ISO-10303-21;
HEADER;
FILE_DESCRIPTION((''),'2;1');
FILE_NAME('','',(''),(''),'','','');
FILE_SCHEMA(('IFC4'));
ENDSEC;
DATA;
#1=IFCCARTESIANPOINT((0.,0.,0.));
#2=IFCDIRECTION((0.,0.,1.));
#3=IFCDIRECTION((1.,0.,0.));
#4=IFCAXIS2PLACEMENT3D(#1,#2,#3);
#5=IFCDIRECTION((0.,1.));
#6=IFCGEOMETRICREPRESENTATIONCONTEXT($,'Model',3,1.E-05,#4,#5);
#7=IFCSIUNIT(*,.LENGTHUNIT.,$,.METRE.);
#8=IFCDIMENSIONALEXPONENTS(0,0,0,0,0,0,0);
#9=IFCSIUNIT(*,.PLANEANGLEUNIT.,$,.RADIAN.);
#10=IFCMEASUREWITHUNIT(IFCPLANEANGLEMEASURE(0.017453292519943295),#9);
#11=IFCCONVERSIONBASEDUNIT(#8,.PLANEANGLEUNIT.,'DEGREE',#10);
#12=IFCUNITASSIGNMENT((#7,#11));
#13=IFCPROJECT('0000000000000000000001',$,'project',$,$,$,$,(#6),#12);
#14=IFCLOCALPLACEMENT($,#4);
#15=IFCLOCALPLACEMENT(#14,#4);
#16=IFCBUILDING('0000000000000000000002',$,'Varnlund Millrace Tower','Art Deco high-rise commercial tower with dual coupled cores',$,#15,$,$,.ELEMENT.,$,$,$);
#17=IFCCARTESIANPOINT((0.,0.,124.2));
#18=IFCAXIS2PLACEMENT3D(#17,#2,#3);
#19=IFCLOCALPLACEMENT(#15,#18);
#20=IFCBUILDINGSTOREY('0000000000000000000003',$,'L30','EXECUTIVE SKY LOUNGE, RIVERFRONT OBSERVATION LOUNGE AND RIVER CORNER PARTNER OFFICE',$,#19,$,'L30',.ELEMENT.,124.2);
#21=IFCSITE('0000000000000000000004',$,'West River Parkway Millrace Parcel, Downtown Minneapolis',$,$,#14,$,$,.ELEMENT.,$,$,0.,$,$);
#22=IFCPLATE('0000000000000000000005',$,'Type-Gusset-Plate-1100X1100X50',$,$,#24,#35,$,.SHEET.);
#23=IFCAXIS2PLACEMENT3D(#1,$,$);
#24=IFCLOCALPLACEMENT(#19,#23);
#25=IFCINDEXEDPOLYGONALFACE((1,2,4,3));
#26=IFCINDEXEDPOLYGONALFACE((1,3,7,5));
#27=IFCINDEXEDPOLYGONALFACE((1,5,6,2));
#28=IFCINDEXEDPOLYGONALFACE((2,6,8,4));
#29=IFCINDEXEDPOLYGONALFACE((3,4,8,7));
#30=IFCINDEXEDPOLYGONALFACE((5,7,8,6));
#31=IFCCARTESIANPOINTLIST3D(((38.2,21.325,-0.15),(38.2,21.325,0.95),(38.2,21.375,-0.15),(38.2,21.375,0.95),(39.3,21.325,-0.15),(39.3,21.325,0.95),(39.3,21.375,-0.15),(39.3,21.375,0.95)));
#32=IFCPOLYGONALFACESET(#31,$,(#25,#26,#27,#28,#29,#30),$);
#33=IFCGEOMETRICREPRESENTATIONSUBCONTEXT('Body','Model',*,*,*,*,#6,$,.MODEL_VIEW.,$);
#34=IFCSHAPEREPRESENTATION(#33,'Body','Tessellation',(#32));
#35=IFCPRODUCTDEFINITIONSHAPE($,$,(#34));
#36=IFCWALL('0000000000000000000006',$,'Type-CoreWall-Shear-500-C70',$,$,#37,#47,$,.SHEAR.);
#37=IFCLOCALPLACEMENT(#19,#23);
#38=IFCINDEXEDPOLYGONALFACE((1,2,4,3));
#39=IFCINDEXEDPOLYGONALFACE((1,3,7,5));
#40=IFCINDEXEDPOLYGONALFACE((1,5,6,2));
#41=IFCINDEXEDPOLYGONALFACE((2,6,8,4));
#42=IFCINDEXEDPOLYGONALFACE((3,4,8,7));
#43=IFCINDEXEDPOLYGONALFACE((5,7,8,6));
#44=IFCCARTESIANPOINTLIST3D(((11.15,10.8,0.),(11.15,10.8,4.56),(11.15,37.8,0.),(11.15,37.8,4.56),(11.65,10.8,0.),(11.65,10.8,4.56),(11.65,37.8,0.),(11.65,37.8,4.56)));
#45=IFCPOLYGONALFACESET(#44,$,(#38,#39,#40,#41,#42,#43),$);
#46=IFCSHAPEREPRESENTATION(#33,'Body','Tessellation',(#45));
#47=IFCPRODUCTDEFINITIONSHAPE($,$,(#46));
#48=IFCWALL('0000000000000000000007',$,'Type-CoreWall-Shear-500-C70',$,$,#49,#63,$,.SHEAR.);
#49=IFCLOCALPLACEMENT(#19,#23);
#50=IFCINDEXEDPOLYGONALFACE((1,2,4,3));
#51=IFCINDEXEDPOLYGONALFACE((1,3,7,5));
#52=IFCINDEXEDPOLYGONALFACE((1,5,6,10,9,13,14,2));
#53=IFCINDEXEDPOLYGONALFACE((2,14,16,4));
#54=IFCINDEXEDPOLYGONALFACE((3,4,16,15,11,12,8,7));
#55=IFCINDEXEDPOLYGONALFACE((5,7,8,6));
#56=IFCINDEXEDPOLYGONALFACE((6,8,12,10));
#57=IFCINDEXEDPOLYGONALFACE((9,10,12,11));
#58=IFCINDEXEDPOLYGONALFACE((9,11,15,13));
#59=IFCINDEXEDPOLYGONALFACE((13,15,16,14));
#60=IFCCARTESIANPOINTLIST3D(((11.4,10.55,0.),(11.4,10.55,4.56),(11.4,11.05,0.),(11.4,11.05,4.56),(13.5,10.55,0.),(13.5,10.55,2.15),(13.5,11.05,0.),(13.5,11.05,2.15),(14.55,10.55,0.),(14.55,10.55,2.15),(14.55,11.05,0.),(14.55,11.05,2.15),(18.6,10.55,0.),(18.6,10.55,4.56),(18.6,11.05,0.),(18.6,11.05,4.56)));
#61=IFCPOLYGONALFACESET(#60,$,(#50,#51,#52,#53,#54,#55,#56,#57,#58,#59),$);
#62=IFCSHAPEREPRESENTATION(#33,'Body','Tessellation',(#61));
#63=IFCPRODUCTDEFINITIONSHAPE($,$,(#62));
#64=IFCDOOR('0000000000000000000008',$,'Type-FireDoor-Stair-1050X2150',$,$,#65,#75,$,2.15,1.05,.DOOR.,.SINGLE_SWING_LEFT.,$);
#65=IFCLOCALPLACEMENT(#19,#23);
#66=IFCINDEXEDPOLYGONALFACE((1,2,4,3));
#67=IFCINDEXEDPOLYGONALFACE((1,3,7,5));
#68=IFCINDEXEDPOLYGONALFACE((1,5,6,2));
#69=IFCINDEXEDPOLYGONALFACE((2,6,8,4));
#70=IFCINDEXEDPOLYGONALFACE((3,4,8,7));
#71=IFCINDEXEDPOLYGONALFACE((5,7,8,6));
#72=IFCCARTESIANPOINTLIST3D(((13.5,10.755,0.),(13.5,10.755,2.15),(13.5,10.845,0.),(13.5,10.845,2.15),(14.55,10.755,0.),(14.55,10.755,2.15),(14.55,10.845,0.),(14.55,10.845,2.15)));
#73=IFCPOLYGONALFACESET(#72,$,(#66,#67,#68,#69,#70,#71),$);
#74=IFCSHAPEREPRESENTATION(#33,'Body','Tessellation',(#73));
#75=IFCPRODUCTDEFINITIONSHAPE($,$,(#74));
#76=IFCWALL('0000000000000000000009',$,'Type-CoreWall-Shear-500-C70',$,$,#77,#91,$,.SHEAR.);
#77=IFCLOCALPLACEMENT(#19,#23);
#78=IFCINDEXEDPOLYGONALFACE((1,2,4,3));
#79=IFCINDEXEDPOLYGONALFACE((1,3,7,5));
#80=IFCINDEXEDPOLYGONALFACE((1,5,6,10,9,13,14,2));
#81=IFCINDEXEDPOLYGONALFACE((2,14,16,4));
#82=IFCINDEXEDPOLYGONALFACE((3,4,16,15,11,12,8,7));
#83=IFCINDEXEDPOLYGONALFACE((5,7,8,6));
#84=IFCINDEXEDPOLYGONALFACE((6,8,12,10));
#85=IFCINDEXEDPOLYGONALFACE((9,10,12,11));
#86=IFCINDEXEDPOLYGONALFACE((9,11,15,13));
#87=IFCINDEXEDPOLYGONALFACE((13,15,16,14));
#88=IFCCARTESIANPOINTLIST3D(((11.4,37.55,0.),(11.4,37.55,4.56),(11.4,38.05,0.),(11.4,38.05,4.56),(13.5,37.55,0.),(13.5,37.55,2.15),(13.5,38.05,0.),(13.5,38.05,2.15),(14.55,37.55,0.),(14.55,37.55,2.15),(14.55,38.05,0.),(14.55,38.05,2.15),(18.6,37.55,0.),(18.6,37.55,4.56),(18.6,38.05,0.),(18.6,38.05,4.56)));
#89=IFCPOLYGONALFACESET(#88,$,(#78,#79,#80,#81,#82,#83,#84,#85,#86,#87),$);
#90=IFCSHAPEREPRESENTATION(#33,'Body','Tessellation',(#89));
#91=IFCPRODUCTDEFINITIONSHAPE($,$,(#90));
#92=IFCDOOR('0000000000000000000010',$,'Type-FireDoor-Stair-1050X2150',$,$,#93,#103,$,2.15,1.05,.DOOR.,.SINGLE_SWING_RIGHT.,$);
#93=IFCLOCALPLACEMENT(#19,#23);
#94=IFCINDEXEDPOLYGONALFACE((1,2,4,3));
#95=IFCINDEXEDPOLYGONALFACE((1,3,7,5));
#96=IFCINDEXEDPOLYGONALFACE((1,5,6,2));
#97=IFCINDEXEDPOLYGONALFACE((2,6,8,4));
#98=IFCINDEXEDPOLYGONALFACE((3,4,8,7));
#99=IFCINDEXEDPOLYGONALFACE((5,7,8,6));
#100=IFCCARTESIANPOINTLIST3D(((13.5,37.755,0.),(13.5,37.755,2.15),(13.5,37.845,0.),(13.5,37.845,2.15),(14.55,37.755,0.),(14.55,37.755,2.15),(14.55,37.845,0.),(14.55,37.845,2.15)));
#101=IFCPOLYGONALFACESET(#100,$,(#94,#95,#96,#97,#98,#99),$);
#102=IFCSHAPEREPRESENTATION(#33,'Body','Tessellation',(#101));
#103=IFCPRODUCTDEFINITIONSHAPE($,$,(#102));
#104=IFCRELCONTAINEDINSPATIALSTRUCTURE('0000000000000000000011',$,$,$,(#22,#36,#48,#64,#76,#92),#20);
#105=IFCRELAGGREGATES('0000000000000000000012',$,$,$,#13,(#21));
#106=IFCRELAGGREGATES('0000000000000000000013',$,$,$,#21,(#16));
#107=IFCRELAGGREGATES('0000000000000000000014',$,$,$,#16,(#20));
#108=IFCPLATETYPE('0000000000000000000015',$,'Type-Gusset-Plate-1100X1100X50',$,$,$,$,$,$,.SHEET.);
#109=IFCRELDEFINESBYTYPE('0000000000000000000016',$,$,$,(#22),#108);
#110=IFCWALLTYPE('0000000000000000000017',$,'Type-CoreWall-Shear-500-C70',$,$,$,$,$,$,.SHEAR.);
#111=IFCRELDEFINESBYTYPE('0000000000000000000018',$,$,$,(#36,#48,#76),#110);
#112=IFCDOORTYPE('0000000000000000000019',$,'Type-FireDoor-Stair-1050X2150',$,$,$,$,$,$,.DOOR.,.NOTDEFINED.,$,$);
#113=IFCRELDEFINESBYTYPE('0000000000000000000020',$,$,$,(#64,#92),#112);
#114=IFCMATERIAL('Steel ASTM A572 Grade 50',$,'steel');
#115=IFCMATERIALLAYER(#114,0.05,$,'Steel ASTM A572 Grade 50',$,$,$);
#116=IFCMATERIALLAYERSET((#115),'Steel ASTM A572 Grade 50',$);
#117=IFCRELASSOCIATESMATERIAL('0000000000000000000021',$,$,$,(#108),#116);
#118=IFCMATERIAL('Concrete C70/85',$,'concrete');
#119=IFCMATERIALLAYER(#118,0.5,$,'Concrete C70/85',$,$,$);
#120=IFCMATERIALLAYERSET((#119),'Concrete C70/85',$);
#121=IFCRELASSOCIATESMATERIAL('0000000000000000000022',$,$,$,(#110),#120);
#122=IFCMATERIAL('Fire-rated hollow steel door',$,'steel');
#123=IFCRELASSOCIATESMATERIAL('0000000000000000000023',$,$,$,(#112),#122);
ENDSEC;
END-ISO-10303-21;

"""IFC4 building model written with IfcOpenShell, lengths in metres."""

from ifc_helpers import new_model, entity, si_unit, converted_unit, direction, frame, origin_with_axes, origin_2d_with_axis, place, context, subcontext, project, spatial, polyline, rectangle, outline, extrude, material, layer, layer_set, type_object, element, fill, save


model = new_model("IFC4")

# Units and contexts
model_context = context("Model", 3, precision=1e-05, world=origin_with_axes(), true_north=direction((0.0, 1.0)))
body_context = subcontext(model_context, "Body", "Model", "MODEL_VIEW")
ifc_project = project(units=[si_unit("LENGTHUNIT", "METRE"), converted_unit("PLANEANGLEUNIT", "DEGREE", entity("IfcPlaneAngleMeasure", 0.017453292519943295), si_unit("PLANEANGLEUNIT", "RADIAN"), dimensions=[0, 0, 0, 0, 0, 0, 0])], contexts=[model_context])

# Site, building, storey
site_placement = place(None, origin_with_axes())
site = spatial("IfcSite", under=ifc_project, at=site_placement, Name="West River Parkway Millrace Parcel, Downtown Minneapolis", CompositionType="ELEMENT", RefElevation=0.0)
building_placement = place(site_placement, origin_with_axes())
building = spatial("IfcBuilding", under=site, at=building_placement, Name="Varnlund Millrace Tower", Description="Art Deco high-rise commercial tower with dual coupled cores", CompositionType="ELEMENT")
storey_placement = place(building_placement, frame((0.0, 0.0, 124.2), z_axis=(0.0, 0.0, 1.0), x_axis=(1.0, 0.0, 0.0)))
storey = spatial("IfcBuildingStorey", under=building, at=storey_placement, Name="L30", Description="EXECUTIVE SKY LOUNGE, RIVERFRONT OBSERVATION LOUNGE AND RIVER CORNER PARTNER OFFICE", LongName="L30", CompositionType="ELEMENT", Elevation=124.2)

# Shared definitions
ifc_material_1 = material(Name="Concrete C70/85", Category="concrete")

# Plate
ifc_material_2 = material(Name="Steel ASTM A572 Grade 50", Category="steel")
ifc_layer_1 = layer(ifc_material_2, 0.05, Name="Steel ASTM A572 Grade 50")
ifc_layer_set_1 = layer_set([ifc_layer_1], Name="Steel ASTM A572 Grade 50")
plate_type = type_object("IfcPlateType", Name="Type-Gusset-Plate-1100X1100X50", PredefinedType="SHEET", material=ifc_layer_set_1)
for number, where, z_axis, x_axis, name in (
    (1, (38.75, 21.35, -0.15), (0.0, 0.0, 1.0), (1.0, 0.0, 0.0), "Type-Gusset-Plate-1100X1100X50"),
):
    element("IfcPlate", number, at=place(storey_placement, frame(where, z_axis=z_axis, x_axis=x_axis)), inside=storey, type_object=plate_type, Name=name, PredefinedType="SHEET", context=body_context, shape_type="SweptSolid", body=[
        extrude(rectangle(XDim=1.1, YDim=0.05, at=origin_2d_with_axis()), origin_with_axes(), (0.0, 0.0, 1.0), 1.1),
    ])

# Wall
ifc_layer_2 = layer(ifc_material_1, 0.5, Name="Concrete C70/85")
ifc_layer_set_2 = layer_set([ifc_layer_2], Name="Concrete C70/85")
wall_type = type_object("IfcWallType", Name="Type-CoreWall-Shear-500-C70", PredefinedType="SHEAR", material=ifc_layer_set_2)
wall_1_placement = place(storey_placement, frame((11.4, 10.8, 0.0), z_axis=(0.0, 0.0, 1.0), x_axis=(0.0, 1.0, 0.0)))
element("IfcWall", 2, at=wall_1_placement, inside=storey, type_object=wall_type, Name="Type-CoreWall-Shear-500-C70", PredefinedType="SHEAR", context=body_context, shape_type="SweptSolid", body=[
    extrude(outline(polyline([(0.0, -0.25), (27.0, -0.25), (27.0, 0.25), (0.0, 0.25), (0.0, -0.25)])), origin_with_axes(), (0.0, 0.0, 1.0), 4.56),
])

# Walls, openings, doors
wall_2_placement = place(storey_placement, frame((11.4, 10.8, 0.0), z_axis=(0.0, 0.0, 1.0), x_axis=(1.0, 0.0, 0.0)))
wall_2 = element("IfcWall", 3, at=wall_2_placement, inside=storey, type_object=wall_type, Name="Type-CoreWall-Shear-500-C70", PredefinedType="SHEAR", context=body_context, shape_type="SweptSolid", body=[
    extrude(outline(polyline([(0.0, -0.25), (7.2, -0.25), (7.2, 0.25), (0.0, 0.25), (0.0, -0.25)])), origin_with_axes(), (0.0, 0.0, 1.0), 4.56),
])
opening_1_placement = place(wall_2_placement, frame((2.625, 0.0, 0.0), z_axis=(0.0, 0.0, 1.0), x_axis=(1.0, 0.0, 0.0)))
opening_1 = element("IfcOpeningElement", 4, at=opening_1_placement, cuts=wall_2, PredefinedType="OPENING", context=body_context, shape_type="SweptSolid", body=[
    extrude(rectangle(XDim=1.05, YDim=0.52, at=origin_2d_with_axis()), origin_with_axes(), (0.0, 0.0, 1.0), 2.15),
])
ifc_material_3 = material(Name="Fire-rated hollow steel door", Category="steel")
door_type_1 = type_object("IfcDoorType", Name="Type-FireDoor-Stair-1050X2150", OperationType="NOTDEFINED", PredefinedType="DOOR", material=ifc_material_3)
door_1_placement = place(wall_2_placement, frame((2.625, 0.0, 0.0), z_axis=(0.0, 0.0, 1.0), x_axis=(1.0, 0.0, 0.0)))
door_1 = element("IfcDoor", 5, at=door_1_placement, inside=storey, type_object=door_type_1, Name="Type-FireDoor-Stair-1050X2150", OperationType="SINGLE_SWING_LEFT", OverallHeight=2.15, OverallWidth=1.05, PredefinedType="DOOR", context=body_context, shape_type="SweptSolid", body=[
    extrude(rectangle(XDim=1.05, YDim=0.09, at=origin_2d_with_axis()), origin_with_axes(), (0.0, 0.0, 1.0), 2.15),
])
fill(opening_1, door_1)
wall_3_placement = place(storey_placement, frame((11.4, 37.8, 0.0), z_axis=(0.0, 0.0, 1.0), x_axis=(1.0, 0.0, 0.0)))
wall_3 = element("IfcWall", 6, at=wall_3_placement, inside=storey, type_object=wall_type, Name="Type-CoreWall-Shear-500-C70", PredefinedType="SHEAR", context=body_context, shape_type="SweptSolid", body=[
    extrude(outline(polyline([(0.0, -0.25), (7.2, -0.25), (7.2, 0.25), (0.0, 0.25), (0.0, -0.25)])), origin_with_axes(), (0.0, 0.0, 1.0), 4.56),
])
opening_2_placement = place(wall_3_placement, frame((2.625, 0.0, 0.0), z_axis=(0.0, 0.0, 1.0), x_axis=(1.0, 0.0, 0.0)))
opening_2 = element("IfcOpeningElement", 7, at=opening_2_placement, cuts=wall_3, PredefinedType="OPENING", context=body_context, shape_type="SweptSolid", body=[
    extrude(rectangle(XDim=1.05, YDim=0.52, at=origin_2d_with_axis()), origin_with_axes(), (0.0, 0.0, 1.0), 2.15),
])
door_2_placement = place(wall_3_placement, frame((2.625, 0.0, 0.0), z_axis=(0.0, 0.0, 1.0), x_axis=(1.0, 0.0, 0.0)))
door_2 = element("IfcDoor", 8, at=door_2_placement, inside=storey, type_object=door_type_1, Name="Type-FireDoor-Stair-1050X2150", OperationType="SINGLE_SWING_RIGHT", OverallHeight=2.15, OverallWidth=1.05, PredefinedType="DOOR", context=body_context, shape_type="SweptSolid", body=[
    extrude(rectangle(XDim=1.05, YDim=0.09, at=origin_2d_with_axis()), origin_with_axes(), (0.0, 0.0, 1.0), 2.15),
])
fill(opening_2, door_2)

save(model, "model.ifc")
